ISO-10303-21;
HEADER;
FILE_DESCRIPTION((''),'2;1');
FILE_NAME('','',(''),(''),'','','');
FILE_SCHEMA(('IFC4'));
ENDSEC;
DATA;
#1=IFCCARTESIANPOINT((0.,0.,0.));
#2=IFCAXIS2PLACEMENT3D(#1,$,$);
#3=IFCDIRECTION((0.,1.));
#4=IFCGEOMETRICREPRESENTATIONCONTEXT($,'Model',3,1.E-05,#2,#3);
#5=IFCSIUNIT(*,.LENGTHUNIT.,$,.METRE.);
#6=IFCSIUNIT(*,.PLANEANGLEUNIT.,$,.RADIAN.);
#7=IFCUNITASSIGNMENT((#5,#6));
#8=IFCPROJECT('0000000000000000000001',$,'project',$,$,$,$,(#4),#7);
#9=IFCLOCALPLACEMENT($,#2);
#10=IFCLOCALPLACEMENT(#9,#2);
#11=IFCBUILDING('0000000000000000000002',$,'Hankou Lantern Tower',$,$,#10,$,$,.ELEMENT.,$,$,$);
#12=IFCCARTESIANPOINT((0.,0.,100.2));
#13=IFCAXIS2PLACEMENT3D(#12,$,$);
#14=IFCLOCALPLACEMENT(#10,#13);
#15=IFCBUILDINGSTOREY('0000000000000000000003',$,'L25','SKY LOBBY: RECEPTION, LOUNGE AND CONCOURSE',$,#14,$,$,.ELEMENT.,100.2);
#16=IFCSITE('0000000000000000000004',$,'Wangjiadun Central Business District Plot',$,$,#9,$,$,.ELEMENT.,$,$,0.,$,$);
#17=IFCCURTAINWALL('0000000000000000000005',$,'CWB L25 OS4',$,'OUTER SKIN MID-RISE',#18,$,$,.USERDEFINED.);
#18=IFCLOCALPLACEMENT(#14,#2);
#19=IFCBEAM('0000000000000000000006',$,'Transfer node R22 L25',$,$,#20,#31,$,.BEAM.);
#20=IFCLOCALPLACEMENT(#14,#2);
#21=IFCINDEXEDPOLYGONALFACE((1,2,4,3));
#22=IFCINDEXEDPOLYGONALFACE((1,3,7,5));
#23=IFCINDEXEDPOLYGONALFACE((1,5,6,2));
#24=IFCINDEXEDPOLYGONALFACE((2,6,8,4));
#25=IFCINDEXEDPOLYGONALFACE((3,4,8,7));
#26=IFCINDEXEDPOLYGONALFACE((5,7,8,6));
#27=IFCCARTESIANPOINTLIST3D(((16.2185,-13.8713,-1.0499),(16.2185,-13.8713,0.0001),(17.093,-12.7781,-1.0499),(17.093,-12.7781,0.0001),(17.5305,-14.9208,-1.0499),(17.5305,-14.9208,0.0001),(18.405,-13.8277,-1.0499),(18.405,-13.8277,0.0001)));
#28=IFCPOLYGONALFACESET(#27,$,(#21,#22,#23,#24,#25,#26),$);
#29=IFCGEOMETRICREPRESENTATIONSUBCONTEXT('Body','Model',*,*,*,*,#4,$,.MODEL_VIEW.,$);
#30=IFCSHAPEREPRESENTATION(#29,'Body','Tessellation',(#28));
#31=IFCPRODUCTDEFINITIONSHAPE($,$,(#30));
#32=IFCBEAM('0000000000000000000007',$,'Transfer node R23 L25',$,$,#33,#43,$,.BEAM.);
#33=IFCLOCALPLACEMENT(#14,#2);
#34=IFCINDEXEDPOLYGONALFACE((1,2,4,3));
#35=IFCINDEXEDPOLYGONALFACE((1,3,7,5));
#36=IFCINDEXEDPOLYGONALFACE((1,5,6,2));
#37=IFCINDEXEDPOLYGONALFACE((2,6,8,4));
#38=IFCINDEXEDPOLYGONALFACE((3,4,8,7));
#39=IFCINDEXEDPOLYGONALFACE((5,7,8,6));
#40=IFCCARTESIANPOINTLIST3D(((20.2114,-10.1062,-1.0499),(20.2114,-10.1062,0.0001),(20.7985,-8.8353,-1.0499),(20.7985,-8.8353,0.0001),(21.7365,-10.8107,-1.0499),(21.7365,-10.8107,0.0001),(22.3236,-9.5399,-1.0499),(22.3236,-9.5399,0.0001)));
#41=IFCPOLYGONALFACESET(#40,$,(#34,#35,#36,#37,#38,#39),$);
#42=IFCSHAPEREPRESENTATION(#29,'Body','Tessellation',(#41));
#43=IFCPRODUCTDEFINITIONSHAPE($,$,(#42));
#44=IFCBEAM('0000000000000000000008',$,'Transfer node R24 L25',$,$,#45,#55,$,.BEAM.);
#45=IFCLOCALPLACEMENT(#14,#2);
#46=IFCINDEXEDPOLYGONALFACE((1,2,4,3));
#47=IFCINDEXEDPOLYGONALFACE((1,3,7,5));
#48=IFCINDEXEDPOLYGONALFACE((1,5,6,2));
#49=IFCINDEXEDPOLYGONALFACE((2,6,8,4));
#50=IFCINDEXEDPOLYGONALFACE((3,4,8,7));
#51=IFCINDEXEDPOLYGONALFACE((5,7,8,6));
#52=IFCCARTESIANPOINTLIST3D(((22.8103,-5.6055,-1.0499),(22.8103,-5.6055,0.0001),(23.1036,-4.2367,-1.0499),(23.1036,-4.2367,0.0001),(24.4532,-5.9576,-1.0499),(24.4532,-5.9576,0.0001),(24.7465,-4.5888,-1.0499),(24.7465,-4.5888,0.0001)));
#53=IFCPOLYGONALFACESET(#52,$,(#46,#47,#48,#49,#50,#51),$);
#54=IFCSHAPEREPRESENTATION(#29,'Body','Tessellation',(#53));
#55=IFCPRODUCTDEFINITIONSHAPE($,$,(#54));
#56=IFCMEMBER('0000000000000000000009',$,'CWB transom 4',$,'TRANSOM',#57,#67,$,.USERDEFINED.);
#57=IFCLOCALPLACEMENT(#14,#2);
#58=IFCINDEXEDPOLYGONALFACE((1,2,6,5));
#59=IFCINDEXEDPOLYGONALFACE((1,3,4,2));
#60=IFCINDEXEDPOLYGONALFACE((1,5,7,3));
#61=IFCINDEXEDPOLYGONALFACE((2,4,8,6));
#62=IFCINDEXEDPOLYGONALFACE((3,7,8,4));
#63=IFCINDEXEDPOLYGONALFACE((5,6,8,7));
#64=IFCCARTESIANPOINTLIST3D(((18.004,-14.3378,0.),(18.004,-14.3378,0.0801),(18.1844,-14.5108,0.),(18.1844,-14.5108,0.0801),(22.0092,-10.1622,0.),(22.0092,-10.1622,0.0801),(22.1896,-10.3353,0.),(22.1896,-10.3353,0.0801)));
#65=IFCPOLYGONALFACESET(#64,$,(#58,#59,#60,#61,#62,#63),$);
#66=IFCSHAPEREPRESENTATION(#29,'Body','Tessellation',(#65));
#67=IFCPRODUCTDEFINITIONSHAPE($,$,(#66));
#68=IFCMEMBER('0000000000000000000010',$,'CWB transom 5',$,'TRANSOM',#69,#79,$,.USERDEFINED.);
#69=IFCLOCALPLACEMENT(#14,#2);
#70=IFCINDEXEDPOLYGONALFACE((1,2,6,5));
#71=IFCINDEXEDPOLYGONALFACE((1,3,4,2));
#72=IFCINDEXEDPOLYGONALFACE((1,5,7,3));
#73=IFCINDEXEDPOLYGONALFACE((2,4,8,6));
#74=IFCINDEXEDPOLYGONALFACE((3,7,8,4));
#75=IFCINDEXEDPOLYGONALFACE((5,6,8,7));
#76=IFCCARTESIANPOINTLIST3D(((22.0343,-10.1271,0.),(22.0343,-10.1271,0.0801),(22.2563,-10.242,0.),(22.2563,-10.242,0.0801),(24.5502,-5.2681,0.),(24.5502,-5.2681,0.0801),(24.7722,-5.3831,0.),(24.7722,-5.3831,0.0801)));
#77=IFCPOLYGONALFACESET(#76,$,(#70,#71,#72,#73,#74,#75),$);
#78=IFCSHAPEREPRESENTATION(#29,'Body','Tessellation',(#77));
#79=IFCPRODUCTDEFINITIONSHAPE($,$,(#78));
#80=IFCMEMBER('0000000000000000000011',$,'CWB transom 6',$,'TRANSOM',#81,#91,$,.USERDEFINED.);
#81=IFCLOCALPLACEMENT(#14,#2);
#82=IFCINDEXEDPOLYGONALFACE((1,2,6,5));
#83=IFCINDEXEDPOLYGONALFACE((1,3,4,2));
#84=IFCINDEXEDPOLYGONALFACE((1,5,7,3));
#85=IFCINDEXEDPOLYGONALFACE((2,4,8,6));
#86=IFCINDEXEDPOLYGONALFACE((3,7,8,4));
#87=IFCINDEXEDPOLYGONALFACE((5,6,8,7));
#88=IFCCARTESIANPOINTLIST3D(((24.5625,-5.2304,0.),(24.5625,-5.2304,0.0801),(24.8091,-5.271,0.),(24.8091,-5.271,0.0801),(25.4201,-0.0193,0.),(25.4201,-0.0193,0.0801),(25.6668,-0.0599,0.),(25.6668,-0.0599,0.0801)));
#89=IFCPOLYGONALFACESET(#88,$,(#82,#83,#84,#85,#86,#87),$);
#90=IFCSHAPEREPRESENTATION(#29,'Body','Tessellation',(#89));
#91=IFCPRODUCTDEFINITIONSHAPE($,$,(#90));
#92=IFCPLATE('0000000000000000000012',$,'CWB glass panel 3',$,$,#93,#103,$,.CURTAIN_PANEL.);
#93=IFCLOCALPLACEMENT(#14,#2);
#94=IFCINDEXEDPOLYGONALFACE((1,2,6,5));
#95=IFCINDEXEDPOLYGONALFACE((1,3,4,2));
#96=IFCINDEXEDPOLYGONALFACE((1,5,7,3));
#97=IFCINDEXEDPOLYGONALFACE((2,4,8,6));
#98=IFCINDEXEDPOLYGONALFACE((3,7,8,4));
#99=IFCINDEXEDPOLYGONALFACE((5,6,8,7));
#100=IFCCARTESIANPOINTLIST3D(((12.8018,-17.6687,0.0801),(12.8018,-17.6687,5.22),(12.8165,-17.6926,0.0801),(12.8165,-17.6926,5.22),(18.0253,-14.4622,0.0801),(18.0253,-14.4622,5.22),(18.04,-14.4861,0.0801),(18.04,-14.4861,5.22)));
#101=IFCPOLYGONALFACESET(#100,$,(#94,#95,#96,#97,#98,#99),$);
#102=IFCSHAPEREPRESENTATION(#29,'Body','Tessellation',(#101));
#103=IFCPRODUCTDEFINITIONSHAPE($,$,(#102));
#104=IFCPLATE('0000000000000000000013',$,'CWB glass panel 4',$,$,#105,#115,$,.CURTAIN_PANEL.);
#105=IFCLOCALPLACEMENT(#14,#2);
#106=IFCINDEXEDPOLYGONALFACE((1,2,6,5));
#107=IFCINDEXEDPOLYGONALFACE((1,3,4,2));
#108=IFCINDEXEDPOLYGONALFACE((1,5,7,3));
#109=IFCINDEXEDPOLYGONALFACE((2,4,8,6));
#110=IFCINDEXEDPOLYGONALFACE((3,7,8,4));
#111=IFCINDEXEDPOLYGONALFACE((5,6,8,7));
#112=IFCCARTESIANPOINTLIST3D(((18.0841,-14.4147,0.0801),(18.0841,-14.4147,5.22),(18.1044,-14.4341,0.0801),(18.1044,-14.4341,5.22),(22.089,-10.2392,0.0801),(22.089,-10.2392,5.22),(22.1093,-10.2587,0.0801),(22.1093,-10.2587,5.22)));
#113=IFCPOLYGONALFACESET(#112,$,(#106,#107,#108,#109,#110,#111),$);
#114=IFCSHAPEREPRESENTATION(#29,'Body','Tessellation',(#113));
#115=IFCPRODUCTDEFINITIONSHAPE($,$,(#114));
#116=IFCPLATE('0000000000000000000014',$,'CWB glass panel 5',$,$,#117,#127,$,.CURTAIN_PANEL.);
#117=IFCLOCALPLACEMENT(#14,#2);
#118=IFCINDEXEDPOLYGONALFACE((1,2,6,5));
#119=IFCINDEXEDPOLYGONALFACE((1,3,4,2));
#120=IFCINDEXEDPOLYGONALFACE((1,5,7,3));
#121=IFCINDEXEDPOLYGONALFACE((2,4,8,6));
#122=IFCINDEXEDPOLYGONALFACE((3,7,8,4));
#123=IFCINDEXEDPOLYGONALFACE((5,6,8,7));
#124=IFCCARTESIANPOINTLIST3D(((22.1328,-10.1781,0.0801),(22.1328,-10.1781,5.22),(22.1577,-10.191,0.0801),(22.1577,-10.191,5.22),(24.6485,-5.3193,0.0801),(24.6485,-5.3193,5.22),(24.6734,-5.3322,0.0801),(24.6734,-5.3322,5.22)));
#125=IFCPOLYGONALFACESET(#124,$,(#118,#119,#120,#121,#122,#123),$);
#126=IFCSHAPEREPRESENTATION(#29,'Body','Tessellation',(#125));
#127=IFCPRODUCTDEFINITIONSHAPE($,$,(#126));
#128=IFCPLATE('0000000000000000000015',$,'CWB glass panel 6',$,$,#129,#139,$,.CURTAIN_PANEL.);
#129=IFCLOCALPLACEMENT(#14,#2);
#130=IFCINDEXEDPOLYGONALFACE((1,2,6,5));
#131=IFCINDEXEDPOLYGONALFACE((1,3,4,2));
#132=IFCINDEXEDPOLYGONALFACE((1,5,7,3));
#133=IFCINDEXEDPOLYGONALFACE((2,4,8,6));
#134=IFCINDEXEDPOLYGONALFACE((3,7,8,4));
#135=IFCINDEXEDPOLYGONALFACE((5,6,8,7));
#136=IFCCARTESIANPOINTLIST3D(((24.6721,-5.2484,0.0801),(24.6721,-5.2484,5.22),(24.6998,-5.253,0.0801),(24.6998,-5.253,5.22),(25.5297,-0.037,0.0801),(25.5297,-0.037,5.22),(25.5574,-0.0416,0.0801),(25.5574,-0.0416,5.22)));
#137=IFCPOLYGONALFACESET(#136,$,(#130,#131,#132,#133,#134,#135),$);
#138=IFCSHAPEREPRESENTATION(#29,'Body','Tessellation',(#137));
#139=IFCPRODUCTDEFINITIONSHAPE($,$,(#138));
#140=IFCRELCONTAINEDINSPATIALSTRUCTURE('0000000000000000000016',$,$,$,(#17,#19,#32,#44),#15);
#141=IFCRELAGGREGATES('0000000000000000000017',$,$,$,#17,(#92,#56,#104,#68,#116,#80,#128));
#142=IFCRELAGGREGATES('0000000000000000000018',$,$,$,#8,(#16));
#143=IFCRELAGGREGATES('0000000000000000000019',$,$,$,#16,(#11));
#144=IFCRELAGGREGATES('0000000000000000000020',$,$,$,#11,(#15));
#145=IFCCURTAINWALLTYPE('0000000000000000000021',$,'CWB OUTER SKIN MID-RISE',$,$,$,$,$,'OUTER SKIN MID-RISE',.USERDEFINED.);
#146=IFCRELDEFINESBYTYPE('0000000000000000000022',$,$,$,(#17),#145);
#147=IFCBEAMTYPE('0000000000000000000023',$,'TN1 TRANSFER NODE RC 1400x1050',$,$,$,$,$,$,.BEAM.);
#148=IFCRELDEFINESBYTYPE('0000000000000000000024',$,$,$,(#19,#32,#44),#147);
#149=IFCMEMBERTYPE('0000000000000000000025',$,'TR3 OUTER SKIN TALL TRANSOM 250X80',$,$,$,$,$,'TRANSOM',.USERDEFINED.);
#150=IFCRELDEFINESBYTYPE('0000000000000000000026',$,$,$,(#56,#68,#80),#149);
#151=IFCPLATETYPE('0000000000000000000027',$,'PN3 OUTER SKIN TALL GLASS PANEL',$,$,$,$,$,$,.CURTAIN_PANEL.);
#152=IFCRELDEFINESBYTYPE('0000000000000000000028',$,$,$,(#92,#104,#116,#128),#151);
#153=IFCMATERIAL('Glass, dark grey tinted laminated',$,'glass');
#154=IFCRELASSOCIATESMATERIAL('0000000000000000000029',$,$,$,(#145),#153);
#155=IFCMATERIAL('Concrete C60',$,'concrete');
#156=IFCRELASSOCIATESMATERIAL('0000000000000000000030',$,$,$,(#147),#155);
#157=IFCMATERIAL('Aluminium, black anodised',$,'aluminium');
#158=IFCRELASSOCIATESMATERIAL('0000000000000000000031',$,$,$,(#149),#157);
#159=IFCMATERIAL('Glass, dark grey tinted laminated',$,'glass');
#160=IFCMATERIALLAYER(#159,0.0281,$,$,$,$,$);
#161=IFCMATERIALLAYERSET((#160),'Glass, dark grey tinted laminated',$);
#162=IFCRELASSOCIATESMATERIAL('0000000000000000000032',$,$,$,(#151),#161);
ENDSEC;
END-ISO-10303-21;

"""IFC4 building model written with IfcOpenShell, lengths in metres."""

from ifc_helpers import new_model, si_unit, direction, frame, origin, origin_2d, place, context, subcontext, project, spatial, rectangle, extrude, material, layer, layer_set, material_profile, profile_set, type_object, element, aggregate, save


model = new_model("IFC4")

# Units and contexts
model_context = context("Model", 3, precision=1e-05, world=origin(), true_north=direction((0.0, 1.0)))
body_context = subcontext(model_context, "Body", "Model", "MODEL_VIEW")
ifc_project = project(units=[si_unit("LENGTHUNIT", "METRE"), si_unit("PLANEANGLEUNIT", "RADIAN")], contexts=[model_context])

# Site, building, storey
site_placement = place(None, origin())
site = spatial("IfcSite", under=ifc_project, at=site_placement, Name="Wangjiadun Central Business District Plot", CompositionType="ELEMENT", RefElevation=0.0)
building_placement = place(site_placement, origin())
building = spatial("IfcBuilding", under=site, at=building_placement, Name="Hankou Lantern Tower", CompositionType="ELEMENT")
storey_placement = place(building_placement, frame((0.0, 0.0, 100.2)))
storey = spatial("IfcBuildingStorey", under=building, at=storey_placement, Name="L25", Description="SKY LOBBY: RECEPTION, LOUNGE AND CONCOURSE", CompositionType="ELEMENT", Elevation=100.2)

# Curtain wall
ifc_material_1 = material(Name="Glass, dark grey tinted laminated", Category="glass")
curtain_wall_type = type_object("IfcCurtainWallType", Name="CWB OUTER SKIN MID-RISE", ElementType="OUTER SKIN MID-RISE", PredefinedType="USERDEFINED", material=ifc_material_1)
curtain_wall_placement = place(storey_placement, origin())
curtain_wall = element("IfcCurtainWall", 1, at=curtain_wall_placement, inside=storey, type_object=curtain_wall_type, Name="CWB L25 OS4", ObjectType="OUTER SKIN MID-RISE", PredefinedType="USERDEFINED")

# Beams
ifc_material_2 = material(Name="Concrete C60", Category="concrete")
ifc_material_profile_1 = material_profile(ifc_material_2, rectangle(XDim=1.3999, YDim=1.05, at=origin_2d()), Name="RC 1400x1050")
ifc_profile_set_1 = profile_set([ifc_material_profile_1], Name="Concrete C60")
beam_type_1 = type_object("IfcBeamType", Name="TN1 TRANSFER NODE RC 1400x1050", PredefinedType="BEAM", material=ifc_profile_set_1)
beam_1_placement = place(storey_placement, frame((17.9678, -14.3743, -0.5249), z_axis=(-0.780883, 0.624677, 0.0), x_axis=(-0.624677, -0.780883, 0.0)))
element("IfcBeam", 2, at=beam_1_placement, inside=storey, type_object=beam_type_1, Name="Transfer node R22 L25", PredefinedType="BEAM", context=body_context, shape_type="SweptSolid", body=[
    extrude(rectangle(XDim=1.3999, YDim=1.05, at=origin_2d()), origin(), (0.0, 0.0, 1.0), 1.6802),
])
beam_2_placement = place(storey_placement, frame((22.03, -10.1753, -0.5249), z_axis=(-0.907806, 0.41939, 0.0), x_axis=(-0.41939, -0.907806, 0.0)))
element("IfcBeam", 3, at=beam_2_placement, inside=storey, type_object=beam_type_1, Name="Transfer node R23 L25", PredefinedType="BEAM", context=body_context, shape_type="SweptSolid", body=[
    extrude(rectangle(XDim=1.3999, YDim=1.05, at=origin_2d()), origin(), (0.0, 0.0, 1.0), 1.6799),
])
beam_3_placement = place(storey_placement, frame((24.5999, -5.2732, -0.5249), z_axis=(-0.9778, 0.209539, 0.0), x_axis=(-0.209539, -0.9778, 0.0)))
element("IfcBeam", 4, at=beam_3_placement, inside=storey, type_object=beam_type_1, Name="Transfer node R24 L25", PredefinedType="BEAM", context=body_context, shape_type="SweptSolid", body=[
    extrude(rectangle(XDim=1.3999, YDim=1.05, at=origin_2d()), origin(), (0.0, 0.0, 1.0), 1.6802),
])

# Members
ifc_material_3 = material(Name="Aluminium, black anodised", Category="aluminium")
ifc_material_profile_2 = material_profile(ifc_material_3, rectangle(XDim=0.25, YDim=0.0801, at=origin_2d()), Name="TR3 250X80")
ifc_profile_set_2 = profile_set([ifc_material_profile_2], Name="Aluminium, black anodised")
member_type_1 = type_object("IfcMemberType", Name="TR3 OUTER SKIN TALL TRANSOM 250X80", ElementType="TRANSOM", PredefinedType="USERDEFINED", material=ifc_profile_set_2)
member_1_placement = place(storey_placement, frame((18.0942, -14.4243, 0.04), z_axis=(0.692227, 0.72168, 0.0), x_axis=(-0.72168, 0.692227, 0.0)))
member_1 = element("IfcMember", 5, at=member_1_placement, type_object=member_type_1, Name="CWB transom 4", ObjectType="TRANSOM", PredefinedType="USERDEFINED", context=body_context, shape_type="SweptSolid", body=[
    extrude(rectangle(XDim=0.25, YDim=0.0801, at=origin_2d()), origin(), (0.0, 0.0, 1.0), 5.7859),
])
member_2_placement = place(storey_placement, frame((22.1453, -10.1846, 0.04), z_axis=(0.459805, 0.88802, 0.0), x_axis=(-0.88802, 0.459805, 0.0)))
member_2 = element("IfcMember", 6, at=member_2_placement, type_object=member_type_1, Name="CWB transom 5", ObjectType="TRANSOM", PredefinedType="USERDEFINED", context=body_context, shape_type="SweptSolid", body=[
    extrude(rectangle(XDim=0.25, YDim=0.0801, at=origin_2d()), origin(), (0.0, 0.0, 1.0), 5.4717),
])
member_3_placement = place(storey_placement, frame((24.6858, -5.2507, 0.04), z_axis=(0.162397, 0.986725, 0.0), x_axis=(-0.986725, 0.162397, 0.0)))
member_3 = element("IfcMember", 7, at=member_3_placement, type_object=member_type_1, Name="CWB transom 6", ObjectType="TRANSOM", PredefinedType="USERDEFINED", context=body_context, shape_type="SweptSolid", body=[
    extrude(rectangle(XDim=0.25, YDim=0.0801, at=origin_2d()), origin(), (0.0, 0.0, 1.0), 5.2812),
])

# Plates
ifc_material_4 = material(Name="Glass, dark grey tinted laminated", Category="glass")
ifc_layer_1 = layer(ifc_material_4, 0.0281)
ifc_layer_set_1 = layer_set([ifc_layer_1], Name="Glass, dark grey tinted laminated")
plate_type = type_object("IfcPlateType", Name="PN3 OUTER SKIN TALL GLASS PANEL", PredefinedType="CURTAIN_PANEL", material=ifc_layer_set_1)
plate_1_placement = place(storey_placement, frame((15.4209, -16.0774, 0.0801), z_axis=(0.0, 0.0, 1.0), x_axis=(0.852237, 0.523156, 0.0)))
plate_1 = element("IfcPlate", 8, at=plate_1_placement, type_object=plate_type, Name="CWB glass panel 3", PredefinedType="CURTAIN_PANEL", context=body_context, shape_type="SweptSolid", body=[
    extrude(rectangle(XDim=6.1292, YDim=0.0281, at=origin_2d()), origin(), (0.0, 0.0, 1.0), 5.1399),
])
plate_2_placement = place(storey_placement, frame((20.0967, -12.3367, 0.0801), z_axis=(0.0, 0.0, 1.0), x_axis=(0.692216, 0.721691, 0.0)))
plate_2 = element("IfcPlate", 9, at=plate_2_placement, type_object=plate_type, Name="CWB glass panel 4", PredefinedType="CURTAIN_PANEL", context=body_context, shape_type="SweptSolid", body=[
    extrude(rectangle(XDim=5.7856, YDim=0.0281, at=origin_2d()), origin(), (0.0, 0.0, 1.0), 5.1399),
])
plate_3_placement = place(storey_placement, frame((23.4031, -7.7551, 0.0801), z_axis=(0.0, 0.0, 1.0), x_axis=(0.459791, 0.888027, 0.0)))
plate_3 = element("IfcPlate", 10, at=plate_3_placement, type_object=plate_type, Name="CWB glass panel 5", PredefinedType="CURTAIN_PANEL", context=body_context, shape_type="SweptSolid", body=[
    extrude(rectangle(XDim=5.4714, YDim=0.0281, at=origin_2d()), origin(), (0.0, 0.0, 1.0), 5.1399),
])
plate_4_placement = place(storey_placement, frame((25.1147, -2.645, 0.0801), z_axis=(0.0, 0.0, 1.0), x_axis=(0.162382, 0.986728, 0.0)))
plate_4 = element("IfcPlate", 11, at=plate_4_placement, type_object=plate_type, Name="CWB glass panel 6", PredefinedType="CURTAIN_PANEL", context=body_context, shape_type="SweptSolid", body=[
    extrude(rectangle(XDim=5.2815, YDim=0.0281, at=origin_2d()), origin(), (0.0, 0.0, 1.0), 5.1399),
])
aggregate(curtain_wall, [plate_1, member_1, plate_2, member_2, plate_3, member_3, plate_4])

save(model, "model.ifc")
